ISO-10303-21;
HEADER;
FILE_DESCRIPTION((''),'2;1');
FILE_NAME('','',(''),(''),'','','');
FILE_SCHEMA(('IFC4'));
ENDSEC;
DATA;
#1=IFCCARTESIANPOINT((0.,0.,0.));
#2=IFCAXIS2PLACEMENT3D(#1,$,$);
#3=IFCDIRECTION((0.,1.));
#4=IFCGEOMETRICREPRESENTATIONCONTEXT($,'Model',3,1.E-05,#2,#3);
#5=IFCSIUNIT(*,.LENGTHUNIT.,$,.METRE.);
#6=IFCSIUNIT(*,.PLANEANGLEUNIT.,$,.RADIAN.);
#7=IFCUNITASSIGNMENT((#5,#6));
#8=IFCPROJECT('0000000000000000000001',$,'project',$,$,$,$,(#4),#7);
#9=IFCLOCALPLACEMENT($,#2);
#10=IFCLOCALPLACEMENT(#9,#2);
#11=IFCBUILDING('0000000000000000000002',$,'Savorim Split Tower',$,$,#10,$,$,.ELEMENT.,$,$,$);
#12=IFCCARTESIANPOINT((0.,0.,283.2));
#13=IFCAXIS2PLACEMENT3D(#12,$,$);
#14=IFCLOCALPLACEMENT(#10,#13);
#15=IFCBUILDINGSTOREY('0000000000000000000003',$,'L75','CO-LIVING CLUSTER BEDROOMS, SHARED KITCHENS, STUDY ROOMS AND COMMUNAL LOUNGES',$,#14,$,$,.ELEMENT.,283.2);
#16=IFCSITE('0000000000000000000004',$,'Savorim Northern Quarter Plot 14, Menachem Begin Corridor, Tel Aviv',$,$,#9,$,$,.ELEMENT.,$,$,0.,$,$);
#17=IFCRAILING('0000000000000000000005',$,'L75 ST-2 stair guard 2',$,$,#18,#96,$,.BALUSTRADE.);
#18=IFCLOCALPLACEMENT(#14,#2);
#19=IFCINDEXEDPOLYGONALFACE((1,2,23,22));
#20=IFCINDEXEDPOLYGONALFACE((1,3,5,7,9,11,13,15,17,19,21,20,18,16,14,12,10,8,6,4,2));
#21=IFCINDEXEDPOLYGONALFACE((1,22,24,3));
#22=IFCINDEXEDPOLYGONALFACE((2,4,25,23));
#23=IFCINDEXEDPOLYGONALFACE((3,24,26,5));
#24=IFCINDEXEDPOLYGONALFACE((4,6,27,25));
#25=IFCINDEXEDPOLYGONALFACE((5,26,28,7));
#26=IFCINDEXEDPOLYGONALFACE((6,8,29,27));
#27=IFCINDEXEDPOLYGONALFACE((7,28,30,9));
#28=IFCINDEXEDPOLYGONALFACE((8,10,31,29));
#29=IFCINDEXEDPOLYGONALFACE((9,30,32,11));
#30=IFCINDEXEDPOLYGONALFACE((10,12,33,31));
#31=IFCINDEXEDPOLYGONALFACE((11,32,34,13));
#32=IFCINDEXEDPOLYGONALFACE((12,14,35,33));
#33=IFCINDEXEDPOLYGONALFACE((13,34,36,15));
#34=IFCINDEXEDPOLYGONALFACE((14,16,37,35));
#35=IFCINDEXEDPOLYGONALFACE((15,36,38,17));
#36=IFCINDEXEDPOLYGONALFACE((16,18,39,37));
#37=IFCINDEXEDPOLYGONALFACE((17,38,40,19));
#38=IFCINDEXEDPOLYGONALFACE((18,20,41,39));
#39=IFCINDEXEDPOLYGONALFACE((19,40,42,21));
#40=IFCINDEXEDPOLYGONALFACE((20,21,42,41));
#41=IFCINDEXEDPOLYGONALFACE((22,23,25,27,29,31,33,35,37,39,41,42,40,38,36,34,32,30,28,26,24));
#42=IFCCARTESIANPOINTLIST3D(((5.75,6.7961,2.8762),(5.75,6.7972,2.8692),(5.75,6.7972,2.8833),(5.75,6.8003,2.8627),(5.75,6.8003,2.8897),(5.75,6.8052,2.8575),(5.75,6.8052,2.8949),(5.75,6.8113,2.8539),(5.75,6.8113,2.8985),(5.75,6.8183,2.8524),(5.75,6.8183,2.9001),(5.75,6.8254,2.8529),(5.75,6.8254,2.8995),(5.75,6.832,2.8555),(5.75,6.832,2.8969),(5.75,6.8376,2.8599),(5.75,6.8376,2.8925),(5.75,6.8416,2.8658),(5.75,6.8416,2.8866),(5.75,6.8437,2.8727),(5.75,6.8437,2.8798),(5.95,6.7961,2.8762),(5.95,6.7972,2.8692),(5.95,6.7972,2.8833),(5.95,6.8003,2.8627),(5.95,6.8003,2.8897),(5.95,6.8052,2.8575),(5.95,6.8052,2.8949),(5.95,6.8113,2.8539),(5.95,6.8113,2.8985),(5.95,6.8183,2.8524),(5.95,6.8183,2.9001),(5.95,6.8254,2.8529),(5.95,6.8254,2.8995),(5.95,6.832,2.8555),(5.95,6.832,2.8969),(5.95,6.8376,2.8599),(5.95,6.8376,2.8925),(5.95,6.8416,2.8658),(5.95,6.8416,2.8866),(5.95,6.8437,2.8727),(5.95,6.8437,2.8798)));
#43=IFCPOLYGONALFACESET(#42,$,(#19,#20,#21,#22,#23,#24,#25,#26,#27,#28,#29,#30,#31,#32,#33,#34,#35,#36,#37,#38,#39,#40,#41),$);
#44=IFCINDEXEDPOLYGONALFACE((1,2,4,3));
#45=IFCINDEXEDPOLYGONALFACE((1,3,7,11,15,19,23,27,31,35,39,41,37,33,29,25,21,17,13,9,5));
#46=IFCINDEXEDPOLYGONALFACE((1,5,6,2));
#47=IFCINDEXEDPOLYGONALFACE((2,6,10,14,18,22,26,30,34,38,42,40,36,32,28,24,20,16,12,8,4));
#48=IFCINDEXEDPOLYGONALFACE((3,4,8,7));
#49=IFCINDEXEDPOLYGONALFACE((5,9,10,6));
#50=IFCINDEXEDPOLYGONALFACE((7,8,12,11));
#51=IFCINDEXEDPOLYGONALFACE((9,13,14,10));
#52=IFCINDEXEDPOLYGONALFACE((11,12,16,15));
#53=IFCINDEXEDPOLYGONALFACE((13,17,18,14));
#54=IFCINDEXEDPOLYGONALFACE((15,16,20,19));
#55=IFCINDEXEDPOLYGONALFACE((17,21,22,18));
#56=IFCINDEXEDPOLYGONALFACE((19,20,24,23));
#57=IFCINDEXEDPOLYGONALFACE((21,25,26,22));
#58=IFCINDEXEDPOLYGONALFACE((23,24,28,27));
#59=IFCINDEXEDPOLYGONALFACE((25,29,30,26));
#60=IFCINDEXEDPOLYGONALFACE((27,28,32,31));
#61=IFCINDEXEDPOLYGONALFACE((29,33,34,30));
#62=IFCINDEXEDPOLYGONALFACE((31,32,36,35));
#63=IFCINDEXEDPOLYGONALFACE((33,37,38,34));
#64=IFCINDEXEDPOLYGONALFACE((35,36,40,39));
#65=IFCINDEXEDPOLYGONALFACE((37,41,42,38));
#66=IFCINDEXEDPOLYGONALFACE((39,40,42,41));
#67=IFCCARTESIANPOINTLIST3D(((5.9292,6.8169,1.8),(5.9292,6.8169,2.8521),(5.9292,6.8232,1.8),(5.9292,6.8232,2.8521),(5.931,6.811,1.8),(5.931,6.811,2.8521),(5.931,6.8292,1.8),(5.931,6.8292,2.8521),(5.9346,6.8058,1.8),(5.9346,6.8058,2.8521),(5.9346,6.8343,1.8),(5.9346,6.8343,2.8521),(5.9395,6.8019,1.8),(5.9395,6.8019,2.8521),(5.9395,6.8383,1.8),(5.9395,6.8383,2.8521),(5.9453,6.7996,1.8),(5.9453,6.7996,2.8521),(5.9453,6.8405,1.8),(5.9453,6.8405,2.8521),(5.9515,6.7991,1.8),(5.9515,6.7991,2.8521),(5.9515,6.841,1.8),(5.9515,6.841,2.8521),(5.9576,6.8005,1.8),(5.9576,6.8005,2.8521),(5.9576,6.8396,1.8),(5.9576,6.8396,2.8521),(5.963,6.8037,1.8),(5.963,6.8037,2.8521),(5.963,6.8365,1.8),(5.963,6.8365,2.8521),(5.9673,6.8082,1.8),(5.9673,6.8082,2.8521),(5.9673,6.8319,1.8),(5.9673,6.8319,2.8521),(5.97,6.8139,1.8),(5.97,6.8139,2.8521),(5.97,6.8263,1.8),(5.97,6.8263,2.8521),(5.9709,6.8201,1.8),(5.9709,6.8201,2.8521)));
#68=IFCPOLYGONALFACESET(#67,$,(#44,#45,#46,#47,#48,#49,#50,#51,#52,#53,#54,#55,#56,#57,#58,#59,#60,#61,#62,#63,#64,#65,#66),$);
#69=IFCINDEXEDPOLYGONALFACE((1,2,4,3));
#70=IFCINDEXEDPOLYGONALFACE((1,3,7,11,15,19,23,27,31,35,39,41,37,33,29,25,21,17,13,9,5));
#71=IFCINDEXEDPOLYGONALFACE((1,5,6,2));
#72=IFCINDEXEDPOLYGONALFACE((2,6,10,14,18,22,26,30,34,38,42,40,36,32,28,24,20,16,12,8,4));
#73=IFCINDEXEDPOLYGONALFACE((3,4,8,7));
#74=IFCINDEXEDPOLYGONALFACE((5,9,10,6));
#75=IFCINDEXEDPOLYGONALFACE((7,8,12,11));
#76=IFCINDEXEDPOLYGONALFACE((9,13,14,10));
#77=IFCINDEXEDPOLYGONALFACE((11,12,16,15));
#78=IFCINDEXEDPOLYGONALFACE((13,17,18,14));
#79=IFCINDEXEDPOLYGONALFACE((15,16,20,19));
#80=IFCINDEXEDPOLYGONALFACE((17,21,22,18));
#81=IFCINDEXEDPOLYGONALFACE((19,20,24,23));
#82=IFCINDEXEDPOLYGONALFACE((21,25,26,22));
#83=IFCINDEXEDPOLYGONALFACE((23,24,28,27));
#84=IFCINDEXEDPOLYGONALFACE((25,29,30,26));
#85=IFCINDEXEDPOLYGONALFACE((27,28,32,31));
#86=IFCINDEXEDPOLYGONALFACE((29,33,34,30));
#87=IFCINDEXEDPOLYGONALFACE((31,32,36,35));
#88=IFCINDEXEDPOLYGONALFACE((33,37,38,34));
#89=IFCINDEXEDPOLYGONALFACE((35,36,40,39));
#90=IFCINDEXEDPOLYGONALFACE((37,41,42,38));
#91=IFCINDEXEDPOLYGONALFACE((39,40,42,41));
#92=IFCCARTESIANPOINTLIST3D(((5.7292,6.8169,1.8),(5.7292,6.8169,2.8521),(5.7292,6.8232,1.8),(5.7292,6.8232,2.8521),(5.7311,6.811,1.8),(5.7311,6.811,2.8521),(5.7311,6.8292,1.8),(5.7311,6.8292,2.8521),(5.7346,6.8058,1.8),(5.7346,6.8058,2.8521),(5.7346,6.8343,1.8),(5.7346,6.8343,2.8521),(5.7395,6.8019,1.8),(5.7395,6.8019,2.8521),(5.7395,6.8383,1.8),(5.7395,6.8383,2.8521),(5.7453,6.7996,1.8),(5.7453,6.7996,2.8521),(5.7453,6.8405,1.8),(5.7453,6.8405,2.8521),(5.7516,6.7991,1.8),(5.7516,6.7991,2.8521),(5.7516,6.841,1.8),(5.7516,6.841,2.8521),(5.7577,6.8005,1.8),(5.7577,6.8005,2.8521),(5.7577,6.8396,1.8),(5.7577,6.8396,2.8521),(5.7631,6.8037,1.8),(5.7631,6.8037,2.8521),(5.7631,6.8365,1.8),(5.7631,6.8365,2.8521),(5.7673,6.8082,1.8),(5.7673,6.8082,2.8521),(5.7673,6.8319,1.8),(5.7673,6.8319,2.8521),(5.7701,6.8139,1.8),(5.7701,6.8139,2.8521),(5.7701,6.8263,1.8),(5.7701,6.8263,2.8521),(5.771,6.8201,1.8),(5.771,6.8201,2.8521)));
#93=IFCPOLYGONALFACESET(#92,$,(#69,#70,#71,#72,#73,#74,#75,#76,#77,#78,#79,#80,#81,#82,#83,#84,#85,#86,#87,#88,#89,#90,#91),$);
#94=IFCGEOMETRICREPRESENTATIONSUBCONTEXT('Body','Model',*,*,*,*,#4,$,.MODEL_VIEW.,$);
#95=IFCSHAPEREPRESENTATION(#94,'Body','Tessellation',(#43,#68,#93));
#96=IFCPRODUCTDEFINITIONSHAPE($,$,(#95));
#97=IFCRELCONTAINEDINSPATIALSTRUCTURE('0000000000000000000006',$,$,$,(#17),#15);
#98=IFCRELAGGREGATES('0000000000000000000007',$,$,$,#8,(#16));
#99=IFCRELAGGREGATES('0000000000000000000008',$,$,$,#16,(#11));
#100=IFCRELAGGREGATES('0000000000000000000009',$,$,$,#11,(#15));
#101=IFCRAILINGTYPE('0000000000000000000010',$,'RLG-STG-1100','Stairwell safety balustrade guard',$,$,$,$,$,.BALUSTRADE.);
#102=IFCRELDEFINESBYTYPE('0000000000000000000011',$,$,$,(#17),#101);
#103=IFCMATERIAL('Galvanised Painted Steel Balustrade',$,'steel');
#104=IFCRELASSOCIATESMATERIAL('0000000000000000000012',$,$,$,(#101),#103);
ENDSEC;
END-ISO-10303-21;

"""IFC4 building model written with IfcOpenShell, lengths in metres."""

from ifc_helpers import new_model, si_unit, direction, frame, origin, origin_2d, place, context, subcontext, project, spatial, circle, extrude, material, type_object, element, save


model = new_model("IFC4")

# Units and contexts
model_context = context("Model", 3, precision=1e-05, world=origin(), true_north=direction((0.0, 1.0)))
body_context = subcontext(model_context, "Body", "Model", "MODEL_VIEW")
ifc_project = project(units=[si_unit("LENGTHUNIT", "METRE"), si_unit("PLANEANGLEUNIT", "RADIAN")], contexts=[model_context])

# Site, building, storey
site_placement = place(None, origin())
site = spatial("IfcSite", under=ifc_project, at=site_placement, Name="Savorim Northern Quarter Plot 14, Menachem Begin Corridor, Tel Aviv", CompositionType="ELEMENT", RefElevation=0.0)
building_placement = place(site_placement, origin())
building = spatial("IfcBuilding", under=site, at=building_placement, Name="Savorim Split Tower", CompositionType="ELEMENT")
storey_placement = place(building_placement, frame((0.0, 0.0, 283.2)))
storey = spatial("IfcBuildingStorey", under=building, at=storey_placement, Name="L75", Description="CO-LIVING CLUSTER BEDROOMS, SHARED KITCHENS, STUDY ROOMS AND COMMUNAL LOUNGES", CompositionType="ELEMENT", Elevation=283.2)

# Railing
ifc_material_1 = material(Name="Galvanised Painted Steel Balustrade", Category="steel")
railing_type_1 = type_object("IfcRailingType", Name="RLG-STG-1100", Description="Stairwell safety balustrade guard", PredefinedType="BALUSTRADE", material=ifc_material_1)
railing_1_placement = place(storey_placement, frame((5.95, 6.8201, 1.8)))
element("IfcRailing", 1, at=railing_1_placement, inside=storey, type_object=railing_type_1, Name="L75 ST-2 stair guard 2", PredefinedType="BALUSTRADE", context=body_context, shape_type="SweptSolid", body=[
    extrude(circle(Radius=0.0239, at=origin_2d()), frame((0.0, 0.0, 1.0762), z_axis=(-1.0, 0.0, 0.0), x_axis=(0.0, -1.0, 0.0)), (0.0, 0.0, 1.0), 0.2),
    extrude(circle(Radius=0.021, at=origin_2d()), origin(), (0.0, 0.0, 1.0), 1.052),
    extrude(circle(Radius=0.021, at=origin_2d()), frame((-0.2, 0.0, 0.0)), (0.0, 0.0, 1.0), 1.052),
])

save(model, "model.ifc")
